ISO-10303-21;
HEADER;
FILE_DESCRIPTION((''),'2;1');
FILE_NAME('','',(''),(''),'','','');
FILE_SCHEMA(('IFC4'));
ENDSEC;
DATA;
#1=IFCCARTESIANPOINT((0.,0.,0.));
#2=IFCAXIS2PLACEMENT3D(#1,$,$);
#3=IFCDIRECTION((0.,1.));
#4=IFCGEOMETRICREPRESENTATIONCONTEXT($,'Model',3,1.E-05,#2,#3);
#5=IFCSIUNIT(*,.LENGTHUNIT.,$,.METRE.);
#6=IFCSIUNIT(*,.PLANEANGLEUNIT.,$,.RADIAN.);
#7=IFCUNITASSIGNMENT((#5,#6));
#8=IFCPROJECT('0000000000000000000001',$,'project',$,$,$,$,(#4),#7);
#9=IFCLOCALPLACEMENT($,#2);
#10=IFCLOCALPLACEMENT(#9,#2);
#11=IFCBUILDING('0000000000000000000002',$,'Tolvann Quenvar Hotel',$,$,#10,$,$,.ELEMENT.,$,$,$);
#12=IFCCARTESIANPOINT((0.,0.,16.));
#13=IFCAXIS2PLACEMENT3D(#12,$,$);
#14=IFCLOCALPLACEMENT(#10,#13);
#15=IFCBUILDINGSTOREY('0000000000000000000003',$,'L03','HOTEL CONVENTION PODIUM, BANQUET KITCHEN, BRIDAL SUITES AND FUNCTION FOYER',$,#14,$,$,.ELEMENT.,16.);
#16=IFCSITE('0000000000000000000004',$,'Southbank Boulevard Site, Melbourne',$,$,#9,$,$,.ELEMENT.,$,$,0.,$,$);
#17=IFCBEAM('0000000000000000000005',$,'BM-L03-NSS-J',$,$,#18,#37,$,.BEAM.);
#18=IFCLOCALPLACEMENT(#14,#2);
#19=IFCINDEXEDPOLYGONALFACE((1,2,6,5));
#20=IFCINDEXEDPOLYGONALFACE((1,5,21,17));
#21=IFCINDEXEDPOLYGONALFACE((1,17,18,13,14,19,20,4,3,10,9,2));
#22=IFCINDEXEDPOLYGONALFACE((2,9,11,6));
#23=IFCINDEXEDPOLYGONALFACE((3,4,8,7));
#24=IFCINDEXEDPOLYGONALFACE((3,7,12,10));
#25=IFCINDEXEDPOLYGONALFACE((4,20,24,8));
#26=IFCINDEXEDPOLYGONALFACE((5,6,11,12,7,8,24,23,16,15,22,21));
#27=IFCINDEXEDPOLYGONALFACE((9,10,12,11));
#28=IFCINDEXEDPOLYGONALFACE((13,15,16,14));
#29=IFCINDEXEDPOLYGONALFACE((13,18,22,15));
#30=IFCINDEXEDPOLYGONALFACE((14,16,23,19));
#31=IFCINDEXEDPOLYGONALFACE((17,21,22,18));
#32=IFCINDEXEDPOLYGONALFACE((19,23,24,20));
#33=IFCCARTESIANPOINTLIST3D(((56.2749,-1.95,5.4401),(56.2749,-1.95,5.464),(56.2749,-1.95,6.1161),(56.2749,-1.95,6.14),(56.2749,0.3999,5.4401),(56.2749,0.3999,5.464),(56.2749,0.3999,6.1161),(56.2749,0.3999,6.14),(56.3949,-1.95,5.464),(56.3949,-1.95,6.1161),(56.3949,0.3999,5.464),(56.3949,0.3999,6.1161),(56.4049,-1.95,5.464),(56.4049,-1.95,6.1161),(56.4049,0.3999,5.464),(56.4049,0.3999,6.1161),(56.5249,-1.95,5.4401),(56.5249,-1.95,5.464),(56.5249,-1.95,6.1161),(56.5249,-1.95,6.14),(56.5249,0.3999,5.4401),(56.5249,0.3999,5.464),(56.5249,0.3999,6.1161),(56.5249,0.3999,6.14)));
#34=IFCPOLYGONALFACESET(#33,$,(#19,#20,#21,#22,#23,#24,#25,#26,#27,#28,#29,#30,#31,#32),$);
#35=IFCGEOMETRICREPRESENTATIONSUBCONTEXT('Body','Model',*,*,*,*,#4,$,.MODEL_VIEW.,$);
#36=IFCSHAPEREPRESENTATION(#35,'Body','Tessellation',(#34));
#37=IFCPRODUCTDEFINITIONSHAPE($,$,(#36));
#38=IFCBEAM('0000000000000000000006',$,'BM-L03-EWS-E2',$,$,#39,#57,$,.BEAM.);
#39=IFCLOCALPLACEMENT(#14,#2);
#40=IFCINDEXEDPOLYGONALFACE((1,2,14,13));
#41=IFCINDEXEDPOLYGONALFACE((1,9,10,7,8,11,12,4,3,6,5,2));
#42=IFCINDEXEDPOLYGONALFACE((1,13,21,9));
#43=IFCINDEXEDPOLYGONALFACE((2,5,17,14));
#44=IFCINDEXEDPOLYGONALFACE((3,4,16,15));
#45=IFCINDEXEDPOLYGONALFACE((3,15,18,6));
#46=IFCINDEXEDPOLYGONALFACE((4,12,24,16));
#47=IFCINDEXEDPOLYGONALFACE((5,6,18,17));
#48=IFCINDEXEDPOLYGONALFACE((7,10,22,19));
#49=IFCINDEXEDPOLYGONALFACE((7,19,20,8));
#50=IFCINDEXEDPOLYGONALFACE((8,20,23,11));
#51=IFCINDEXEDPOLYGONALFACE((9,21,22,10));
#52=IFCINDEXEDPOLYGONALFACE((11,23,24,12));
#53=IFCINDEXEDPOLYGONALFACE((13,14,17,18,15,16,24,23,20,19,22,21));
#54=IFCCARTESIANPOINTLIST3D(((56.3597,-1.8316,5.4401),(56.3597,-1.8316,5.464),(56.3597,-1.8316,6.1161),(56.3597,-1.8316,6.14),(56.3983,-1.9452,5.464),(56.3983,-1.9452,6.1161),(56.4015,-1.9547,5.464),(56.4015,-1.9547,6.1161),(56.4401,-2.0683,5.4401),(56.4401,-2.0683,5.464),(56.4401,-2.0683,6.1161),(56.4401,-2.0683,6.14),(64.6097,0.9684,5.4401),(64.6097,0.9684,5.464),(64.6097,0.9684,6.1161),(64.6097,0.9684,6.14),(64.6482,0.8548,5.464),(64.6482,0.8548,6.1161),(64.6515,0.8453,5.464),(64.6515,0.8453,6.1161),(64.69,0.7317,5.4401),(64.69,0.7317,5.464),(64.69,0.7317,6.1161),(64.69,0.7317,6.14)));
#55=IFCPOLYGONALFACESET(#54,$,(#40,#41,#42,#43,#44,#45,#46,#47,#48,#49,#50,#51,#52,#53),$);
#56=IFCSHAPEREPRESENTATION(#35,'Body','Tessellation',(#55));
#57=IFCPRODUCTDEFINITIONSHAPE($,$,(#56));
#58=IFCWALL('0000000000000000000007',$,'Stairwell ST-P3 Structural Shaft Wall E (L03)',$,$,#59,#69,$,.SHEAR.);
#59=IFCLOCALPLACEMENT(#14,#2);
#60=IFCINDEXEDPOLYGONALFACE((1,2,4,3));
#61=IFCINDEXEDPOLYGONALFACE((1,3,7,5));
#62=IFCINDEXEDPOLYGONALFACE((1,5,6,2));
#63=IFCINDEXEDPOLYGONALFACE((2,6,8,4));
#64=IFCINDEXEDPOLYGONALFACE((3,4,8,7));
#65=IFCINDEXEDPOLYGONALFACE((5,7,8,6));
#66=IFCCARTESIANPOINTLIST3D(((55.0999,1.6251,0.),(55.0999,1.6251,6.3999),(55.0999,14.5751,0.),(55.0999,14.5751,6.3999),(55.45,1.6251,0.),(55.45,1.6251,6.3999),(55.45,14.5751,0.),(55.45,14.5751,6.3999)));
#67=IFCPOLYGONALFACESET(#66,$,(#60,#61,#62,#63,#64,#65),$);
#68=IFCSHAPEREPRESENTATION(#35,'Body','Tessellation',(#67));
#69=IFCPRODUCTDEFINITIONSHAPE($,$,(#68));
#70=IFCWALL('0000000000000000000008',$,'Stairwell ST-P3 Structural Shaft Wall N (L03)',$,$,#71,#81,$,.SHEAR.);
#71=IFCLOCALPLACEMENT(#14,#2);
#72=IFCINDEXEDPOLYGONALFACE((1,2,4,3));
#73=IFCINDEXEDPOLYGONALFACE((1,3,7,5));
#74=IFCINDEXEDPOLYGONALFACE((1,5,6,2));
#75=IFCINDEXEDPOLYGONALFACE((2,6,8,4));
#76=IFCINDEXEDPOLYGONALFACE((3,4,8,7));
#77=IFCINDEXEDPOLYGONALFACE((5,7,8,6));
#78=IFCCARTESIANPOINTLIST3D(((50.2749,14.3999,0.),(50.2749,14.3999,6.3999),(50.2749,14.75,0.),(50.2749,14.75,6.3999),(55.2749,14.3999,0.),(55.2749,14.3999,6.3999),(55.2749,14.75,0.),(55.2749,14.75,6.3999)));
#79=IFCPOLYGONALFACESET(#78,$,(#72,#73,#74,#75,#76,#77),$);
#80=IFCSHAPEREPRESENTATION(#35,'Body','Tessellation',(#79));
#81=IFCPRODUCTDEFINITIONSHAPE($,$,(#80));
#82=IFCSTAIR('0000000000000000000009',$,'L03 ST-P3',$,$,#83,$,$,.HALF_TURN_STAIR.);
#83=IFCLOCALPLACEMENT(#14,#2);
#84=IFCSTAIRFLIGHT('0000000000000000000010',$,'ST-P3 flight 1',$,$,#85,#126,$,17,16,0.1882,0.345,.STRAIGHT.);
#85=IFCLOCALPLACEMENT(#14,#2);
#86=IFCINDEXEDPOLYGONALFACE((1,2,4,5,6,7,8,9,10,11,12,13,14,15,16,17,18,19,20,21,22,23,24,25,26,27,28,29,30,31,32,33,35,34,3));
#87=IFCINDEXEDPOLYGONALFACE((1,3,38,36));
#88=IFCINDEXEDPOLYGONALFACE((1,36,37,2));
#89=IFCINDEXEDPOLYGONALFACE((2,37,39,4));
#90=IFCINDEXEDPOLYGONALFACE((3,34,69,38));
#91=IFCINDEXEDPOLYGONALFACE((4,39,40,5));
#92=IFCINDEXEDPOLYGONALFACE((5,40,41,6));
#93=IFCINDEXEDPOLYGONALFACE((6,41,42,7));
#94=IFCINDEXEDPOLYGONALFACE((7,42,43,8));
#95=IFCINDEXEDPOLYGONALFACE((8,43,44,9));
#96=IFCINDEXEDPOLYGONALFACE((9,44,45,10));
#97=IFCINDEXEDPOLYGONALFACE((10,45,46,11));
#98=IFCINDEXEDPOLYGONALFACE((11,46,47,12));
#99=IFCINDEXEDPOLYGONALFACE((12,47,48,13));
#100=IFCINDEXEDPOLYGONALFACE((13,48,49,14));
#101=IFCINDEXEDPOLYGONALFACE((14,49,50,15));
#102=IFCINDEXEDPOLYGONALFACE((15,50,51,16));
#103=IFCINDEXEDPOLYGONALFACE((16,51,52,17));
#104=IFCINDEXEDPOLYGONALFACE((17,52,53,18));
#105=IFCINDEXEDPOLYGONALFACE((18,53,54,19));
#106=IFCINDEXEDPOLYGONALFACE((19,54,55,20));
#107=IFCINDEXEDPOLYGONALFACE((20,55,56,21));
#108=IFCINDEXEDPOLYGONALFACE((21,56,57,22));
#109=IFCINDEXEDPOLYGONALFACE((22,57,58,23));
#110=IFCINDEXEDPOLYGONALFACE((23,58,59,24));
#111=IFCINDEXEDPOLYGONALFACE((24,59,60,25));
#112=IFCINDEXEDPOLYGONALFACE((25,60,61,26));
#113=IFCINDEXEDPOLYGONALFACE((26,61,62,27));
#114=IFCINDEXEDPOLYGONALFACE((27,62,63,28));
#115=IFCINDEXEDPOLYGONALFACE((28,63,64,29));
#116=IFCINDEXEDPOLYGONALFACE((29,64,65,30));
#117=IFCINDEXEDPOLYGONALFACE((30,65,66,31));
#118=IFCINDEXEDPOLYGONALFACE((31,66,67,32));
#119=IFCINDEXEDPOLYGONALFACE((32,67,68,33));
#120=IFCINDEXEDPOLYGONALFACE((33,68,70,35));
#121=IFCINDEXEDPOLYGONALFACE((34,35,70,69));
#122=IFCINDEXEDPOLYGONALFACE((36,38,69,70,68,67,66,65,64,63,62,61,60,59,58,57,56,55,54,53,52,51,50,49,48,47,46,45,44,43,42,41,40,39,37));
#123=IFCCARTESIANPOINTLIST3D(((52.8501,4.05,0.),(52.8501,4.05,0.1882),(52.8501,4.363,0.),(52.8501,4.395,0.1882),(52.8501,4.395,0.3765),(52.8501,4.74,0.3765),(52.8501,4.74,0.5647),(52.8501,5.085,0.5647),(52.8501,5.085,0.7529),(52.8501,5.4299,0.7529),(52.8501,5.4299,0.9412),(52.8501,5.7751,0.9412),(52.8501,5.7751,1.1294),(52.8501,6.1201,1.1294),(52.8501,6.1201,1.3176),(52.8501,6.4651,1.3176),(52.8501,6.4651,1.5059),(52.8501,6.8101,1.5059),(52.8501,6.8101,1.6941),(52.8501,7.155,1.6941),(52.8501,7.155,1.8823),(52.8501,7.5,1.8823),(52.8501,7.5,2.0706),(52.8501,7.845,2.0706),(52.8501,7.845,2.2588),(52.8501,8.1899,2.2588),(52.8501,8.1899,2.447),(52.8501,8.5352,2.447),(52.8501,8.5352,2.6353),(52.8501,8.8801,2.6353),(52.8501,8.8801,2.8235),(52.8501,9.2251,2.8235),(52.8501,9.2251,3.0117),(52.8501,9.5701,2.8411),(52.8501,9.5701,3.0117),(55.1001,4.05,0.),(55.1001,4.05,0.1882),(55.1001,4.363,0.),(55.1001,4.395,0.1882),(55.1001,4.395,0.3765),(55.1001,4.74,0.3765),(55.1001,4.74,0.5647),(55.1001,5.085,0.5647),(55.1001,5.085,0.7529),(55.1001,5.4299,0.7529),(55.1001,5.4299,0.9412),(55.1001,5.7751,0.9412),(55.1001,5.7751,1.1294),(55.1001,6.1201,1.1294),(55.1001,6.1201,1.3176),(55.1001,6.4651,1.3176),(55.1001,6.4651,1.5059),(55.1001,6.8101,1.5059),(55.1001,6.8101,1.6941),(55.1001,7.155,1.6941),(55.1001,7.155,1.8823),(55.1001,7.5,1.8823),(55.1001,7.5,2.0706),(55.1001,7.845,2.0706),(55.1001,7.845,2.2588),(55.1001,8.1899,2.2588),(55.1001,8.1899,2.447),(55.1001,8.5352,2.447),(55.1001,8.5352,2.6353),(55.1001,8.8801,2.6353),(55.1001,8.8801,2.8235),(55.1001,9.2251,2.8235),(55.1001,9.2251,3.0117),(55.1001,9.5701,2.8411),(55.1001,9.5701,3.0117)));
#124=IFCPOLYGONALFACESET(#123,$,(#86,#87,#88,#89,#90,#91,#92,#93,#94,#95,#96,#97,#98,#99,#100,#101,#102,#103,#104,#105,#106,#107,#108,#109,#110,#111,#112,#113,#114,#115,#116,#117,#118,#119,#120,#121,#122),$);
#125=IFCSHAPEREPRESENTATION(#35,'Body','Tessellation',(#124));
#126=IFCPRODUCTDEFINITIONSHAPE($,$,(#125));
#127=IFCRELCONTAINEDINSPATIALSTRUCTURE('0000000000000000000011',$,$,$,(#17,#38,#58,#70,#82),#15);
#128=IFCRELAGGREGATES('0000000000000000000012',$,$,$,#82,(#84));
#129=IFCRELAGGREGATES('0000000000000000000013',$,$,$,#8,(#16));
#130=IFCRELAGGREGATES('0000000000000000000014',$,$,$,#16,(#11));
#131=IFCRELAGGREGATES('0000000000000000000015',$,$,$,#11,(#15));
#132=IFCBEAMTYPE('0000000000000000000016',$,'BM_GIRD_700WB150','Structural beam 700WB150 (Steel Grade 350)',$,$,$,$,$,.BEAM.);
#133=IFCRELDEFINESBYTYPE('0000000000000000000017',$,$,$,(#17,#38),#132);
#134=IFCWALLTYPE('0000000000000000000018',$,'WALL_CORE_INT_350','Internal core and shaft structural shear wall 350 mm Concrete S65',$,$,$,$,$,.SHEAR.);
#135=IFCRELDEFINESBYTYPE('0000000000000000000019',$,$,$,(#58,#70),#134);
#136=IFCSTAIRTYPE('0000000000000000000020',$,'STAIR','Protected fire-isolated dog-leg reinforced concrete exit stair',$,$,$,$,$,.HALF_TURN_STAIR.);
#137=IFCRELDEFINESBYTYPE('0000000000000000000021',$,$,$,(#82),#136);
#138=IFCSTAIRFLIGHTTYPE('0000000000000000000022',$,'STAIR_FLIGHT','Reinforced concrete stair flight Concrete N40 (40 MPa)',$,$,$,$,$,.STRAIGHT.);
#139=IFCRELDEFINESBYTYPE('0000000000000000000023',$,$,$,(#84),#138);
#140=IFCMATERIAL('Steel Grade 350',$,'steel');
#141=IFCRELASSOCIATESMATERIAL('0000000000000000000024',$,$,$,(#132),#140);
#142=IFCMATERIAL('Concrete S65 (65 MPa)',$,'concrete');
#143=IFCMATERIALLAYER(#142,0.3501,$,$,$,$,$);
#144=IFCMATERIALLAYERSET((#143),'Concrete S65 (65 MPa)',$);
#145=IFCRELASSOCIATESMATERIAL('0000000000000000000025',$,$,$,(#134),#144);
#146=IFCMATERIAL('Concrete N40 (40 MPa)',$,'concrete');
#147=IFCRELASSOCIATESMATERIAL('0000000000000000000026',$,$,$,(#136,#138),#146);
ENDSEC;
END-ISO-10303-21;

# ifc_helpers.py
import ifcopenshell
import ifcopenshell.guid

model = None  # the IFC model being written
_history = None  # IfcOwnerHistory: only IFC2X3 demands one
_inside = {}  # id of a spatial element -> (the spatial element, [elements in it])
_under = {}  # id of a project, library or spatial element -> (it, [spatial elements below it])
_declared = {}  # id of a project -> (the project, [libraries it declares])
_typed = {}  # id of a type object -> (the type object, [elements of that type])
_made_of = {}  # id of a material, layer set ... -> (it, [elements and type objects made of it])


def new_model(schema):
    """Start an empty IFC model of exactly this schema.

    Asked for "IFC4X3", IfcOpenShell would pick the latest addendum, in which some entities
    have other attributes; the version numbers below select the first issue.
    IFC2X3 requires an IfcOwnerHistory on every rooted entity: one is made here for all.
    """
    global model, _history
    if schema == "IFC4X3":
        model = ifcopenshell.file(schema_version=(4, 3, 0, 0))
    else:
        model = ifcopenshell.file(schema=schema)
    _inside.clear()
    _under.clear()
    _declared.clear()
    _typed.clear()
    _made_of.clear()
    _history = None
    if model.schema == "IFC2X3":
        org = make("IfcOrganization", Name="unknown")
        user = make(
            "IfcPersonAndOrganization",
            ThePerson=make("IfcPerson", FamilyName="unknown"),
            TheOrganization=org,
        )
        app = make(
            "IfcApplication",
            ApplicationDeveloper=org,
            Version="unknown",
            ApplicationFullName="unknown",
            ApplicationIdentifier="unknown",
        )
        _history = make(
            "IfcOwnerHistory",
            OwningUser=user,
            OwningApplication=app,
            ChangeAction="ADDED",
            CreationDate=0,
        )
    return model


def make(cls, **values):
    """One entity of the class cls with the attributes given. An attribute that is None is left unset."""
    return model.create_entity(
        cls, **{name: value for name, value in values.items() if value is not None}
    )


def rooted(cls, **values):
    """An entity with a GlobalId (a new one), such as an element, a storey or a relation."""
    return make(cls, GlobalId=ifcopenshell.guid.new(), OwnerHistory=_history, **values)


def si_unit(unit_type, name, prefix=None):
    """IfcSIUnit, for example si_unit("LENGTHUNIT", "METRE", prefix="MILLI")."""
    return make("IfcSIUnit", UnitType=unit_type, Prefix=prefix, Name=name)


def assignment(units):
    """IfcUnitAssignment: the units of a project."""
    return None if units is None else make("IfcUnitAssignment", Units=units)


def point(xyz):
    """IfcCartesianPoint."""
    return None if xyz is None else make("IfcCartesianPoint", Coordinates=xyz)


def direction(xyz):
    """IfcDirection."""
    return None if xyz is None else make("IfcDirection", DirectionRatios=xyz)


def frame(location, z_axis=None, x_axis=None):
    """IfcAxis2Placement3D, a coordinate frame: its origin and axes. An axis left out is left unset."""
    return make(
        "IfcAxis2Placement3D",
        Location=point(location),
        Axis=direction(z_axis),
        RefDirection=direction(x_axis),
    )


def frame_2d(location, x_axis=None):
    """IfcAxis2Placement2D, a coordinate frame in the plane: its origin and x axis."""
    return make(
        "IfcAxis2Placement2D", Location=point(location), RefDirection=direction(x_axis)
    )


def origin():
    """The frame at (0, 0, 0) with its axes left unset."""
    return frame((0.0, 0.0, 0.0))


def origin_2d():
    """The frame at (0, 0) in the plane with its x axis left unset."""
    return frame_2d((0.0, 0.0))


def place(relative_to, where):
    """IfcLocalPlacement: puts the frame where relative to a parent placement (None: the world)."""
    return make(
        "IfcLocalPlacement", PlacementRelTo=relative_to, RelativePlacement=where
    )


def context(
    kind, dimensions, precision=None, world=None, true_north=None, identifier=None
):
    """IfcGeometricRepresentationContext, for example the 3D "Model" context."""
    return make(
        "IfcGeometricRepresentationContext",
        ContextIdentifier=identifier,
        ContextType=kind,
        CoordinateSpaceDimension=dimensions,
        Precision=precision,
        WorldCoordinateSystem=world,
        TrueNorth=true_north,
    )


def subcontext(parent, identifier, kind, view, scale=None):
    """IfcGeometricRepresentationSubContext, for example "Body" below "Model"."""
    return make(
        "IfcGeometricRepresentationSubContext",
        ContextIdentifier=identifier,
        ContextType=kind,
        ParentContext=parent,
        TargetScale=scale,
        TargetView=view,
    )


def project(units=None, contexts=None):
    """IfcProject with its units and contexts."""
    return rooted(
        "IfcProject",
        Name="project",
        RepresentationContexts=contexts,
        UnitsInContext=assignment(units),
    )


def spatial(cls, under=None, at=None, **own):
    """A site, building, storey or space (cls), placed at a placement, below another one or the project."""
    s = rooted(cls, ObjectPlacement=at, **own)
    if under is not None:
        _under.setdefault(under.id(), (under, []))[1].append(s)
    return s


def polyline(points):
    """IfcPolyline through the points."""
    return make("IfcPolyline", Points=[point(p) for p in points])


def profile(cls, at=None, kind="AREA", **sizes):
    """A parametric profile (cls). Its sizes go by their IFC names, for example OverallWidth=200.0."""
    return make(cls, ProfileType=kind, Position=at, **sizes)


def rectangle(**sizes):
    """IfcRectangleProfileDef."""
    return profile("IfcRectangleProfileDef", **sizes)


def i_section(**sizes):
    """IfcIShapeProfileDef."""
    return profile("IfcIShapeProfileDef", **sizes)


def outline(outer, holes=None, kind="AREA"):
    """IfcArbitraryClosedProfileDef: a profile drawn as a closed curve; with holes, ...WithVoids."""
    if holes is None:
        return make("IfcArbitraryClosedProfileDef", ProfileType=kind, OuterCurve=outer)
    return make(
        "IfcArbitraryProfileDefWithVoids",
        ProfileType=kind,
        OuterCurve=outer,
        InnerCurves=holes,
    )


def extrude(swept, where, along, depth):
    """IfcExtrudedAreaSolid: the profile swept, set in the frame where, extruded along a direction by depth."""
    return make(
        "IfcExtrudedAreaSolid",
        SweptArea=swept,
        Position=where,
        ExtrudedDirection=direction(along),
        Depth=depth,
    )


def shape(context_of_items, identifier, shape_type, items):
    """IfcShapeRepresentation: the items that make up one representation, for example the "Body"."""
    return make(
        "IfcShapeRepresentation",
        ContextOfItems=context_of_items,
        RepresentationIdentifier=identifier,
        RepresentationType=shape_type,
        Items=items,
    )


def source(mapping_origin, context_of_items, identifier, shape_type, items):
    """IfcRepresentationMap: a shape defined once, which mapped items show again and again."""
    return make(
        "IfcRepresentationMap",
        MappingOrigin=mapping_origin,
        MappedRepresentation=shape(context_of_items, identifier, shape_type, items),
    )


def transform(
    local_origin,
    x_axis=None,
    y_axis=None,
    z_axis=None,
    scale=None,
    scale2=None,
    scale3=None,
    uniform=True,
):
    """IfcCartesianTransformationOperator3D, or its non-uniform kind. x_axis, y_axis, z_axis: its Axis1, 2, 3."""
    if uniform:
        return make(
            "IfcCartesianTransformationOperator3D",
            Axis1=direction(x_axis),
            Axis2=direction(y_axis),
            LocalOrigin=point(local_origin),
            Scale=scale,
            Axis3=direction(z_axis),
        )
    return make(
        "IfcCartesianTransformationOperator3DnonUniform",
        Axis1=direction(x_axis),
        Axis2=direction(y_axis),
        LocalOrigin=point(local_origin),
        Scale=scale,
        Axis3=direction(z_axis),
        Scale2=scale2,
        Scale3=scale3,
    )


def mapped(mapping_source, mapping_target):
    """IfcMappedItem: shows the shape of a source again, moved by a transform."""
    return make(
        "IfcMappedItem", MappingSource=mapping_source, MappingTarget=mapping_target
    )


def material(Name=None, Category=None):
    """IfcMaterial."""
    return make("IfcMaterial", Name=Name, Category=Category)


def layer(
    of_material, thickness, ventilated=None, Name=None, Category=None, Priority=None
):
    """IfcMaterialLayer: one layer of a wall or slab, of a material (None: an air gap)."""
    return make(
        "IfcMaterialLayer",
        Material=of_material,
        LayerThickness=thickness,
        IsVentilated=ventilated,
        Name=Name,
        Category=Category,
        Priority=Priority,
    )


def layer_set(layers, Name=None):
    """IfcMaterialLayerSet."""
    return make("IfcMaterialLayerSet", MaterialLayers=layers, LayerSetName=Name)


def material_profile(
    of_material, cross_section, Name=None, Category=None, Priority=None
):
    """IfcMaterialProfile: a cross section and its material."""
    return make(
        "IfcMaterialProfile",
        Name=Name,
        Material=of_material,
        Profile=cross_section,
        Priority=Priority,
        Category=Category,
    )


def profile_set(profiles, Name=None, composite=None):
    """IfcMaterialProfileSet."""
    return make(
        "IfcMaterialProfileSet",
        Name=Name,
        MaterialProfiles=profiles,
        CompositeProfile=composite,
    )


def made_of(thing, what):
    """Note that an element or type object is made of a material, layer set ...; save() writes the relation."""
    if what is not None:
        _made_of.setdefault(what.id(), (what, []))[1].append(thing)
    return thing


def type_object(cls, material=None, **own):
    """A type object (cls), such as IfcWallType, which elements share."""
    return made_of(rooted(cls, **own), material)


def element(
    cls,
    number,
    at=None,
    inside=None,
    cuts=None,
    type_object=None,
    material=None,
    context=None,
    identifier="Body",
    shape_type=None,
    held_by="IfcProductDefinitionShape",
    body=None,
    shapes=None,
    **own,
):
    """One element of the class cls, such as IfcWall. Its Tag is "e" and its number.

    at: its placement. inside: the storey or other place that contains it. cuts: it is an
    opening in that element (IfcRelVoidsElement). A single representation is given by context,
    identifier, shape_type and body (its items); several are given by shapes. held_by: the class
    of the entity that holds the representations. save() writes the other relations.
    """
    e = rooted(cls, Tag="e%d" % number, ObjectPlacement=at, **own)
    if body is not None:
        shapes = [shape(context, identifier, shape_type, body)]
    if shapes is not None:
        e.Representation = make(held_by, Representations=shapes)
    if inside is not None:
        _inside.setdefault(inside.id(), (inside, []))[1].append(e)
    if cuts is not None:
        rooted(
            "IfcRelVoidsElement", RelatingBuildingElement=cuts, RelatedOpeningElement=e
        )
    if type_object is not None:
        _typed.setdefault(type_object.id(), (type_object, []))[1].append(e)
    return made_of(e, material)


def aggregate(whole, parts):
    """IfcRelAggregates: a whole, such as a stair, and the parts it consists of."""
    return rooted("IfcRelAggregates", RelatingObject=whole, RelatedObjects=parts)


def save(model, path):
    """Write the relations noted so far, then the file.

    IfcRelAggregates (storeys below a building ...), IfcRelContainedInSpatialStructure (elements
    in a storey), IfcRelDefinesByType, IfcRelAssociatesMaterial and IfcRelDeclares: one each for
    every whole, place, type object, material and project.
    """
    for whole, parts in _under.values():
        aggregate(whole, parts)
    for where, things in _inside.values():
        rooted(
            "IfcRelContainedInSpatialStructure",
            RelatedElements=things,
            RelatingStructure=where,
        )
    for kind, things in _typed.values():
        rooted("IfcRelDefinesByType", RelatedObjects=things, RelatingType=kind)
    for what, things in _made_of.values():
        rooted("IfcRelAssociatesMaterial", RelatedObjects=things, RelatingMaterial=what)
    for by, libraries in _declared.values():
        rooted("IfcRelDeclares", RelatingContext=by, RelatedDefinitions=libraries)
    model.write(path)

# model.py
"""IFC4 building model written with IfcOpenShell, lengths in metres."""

from ifc_helpers import new_model, si_unit, direction, frame, frame_2d, origin, origin_2d, place, context, subcontext, project, spatial, polyline, rectangle, i_section, outline, extrude, source, transform, mapped, material, layer, layer_set, material_profile, profile_set, type_object, element, aggregate, save


model = new_model("IFC4")

# Units and contexts
model_context = context("Model", 3, precision=1e-05, world=origin(), true_north=direction((0.0, 1.0)))
body_context = subcontext(model_context, "Body", "Model", "MODEL_VIEW")
ifc_project = project(units=[si_unit("LENGTHUNIT", "METRE"), si_unit("PLANEANGLEUNIT", "RADIAN")], contexts=[model_context])

# Site, building, storey
site_placement = place(None, origin())
site = spatial("IfcSite", under=ifc_project, at=site_placement, Name="Southbank Boulevard Site, Melbourne", CompositionType="ELEMENT", RefElevation=0.0)
building_placement = place(site_placement, origin())
building = spatial("IfcBuilding", under=site, at=building_placement, Name="Tolvann Quenvar Hotel", CompositionType="ELEMENT")
storey_placement = place(building_placement, frame((0.0, 0.0, 16.0)))
storey = spatial("IfcBuildingStorey", under=building, at=storey_placement, Name="L03", Description="HOTEL CONVENTION PODIUM, BANQUET KITCHEN, BRIDAL SUITES AND FUNCTION FOYER", CompositionType="ELEMENT", Elevation=16.0)

# Beams
ifc_material_1 = material(Name="Steel Grade 350", Category="steel")
ifc_material_profile_1 = material_profile(ifc_material_1, i_section(OverallWidth=0.25, OverallDepth=0.7, WebThickness=0.01, FlangeThickness=0.0239, at=origin_2d()), Name="700WB150")
ifc_profile_set_1 = profile_set([ifc_material_profile_1], Name="Steel Grade 350")
beam_type_1 = type_object("IfcBeamType", Name="BM_GIRD_700WB150", Description="Structural beam 700WB150 (Steel Grade 350)", PredefinedType="BEAM", material=ifc_profile_set_1)
shared_shape_1 = source(origin(), body_context, "Body", "SweptSolid", [
    extrude(i_section(OverallWidth=0.25, OverallDepth=0.7, WebThickness=0.01, FlangeThickness=0.0239, at=origin_2d()), origin(), (0.0, 0.0, 1.0), 2.3499),
])
beam_1_placement = place(storey_placement, frame((56.3999, -1.95, 5.79), z_axis=(0.0, 1.0, 0.0), x_axis=(-1.0, 0.0, 0.0)))
element("IfcBeam", 1, at=beam_1_placement, inside=storey, type_object=beam_type_1, Name="BM-L03-NSS-J", PredefinedType="BEAM", context=body_context, shape_type="MappedRepresentation", body=[
    mapped(shared_shape_1, transform((0.0, 0.0, 0.0), x_axis=(1.0, 0.0, 0.0), y_axis=(0.0, 1.0, 0.0), z_axis=(0.0, 0.0, 1.0), scale=1.0)),
])
shared_shape_2 = source(origin(), body_context, "Body", "SweptSolid", [
    extrude(i_section(OverallWidth=0.25, OverallDepth=0.7, WebThickness=0.01, FlangeThickness=0.0239, at=origin_2d()), origin(), (0.0, 0.0, 1.0), 8.7122),
])
beam_2_placement = place(storey_placement, frame((56.3999, -1.95, 5.79), z_axis=(0.946946, 0.321393, 0.0), x_axis=(-0.321393, 0.946946, 0.0)))
element("IfcBeam", 2, at=beam_2_placement, inside=storey, type_object=beam_type_1, Name="BM-L03-EWS-E2", PredefinedType="BEAM", context=body_context, shape_type="MappedRepresentation", body=[
    mapped(shared_shape_2, transform((0.0, 0.0, 0.0), x_axis=(1.0, 0.0, 0.0), y_axis=(0.0, 1.0, 0.0), z_axis=(0.0, 0.0, 1.0), scale=1.0)),
])

# Walls
ifc_material_2 = material(Name="Concrete S65 (65 MPa)", Category="concrete")
ifc_layer = layer(ifc_material_2, 0.3501)
ifc_layer_set = layer_set([ifc_layer], Name="Concrete S65 (65 MPa)")
wall_type = type_object("IfcWallType", Name="WALL_CORE_INT_350", Description="Internal core and shaft structural shear wall 350 mm Concrete S65", PredefinedType="SHEAR", material=ifc_layer_set)
wall_1_placement = place(storey_placement, frame((55.2749, 1.625, 0.0), z_axis=(0.0, 0.0, 1.0), x_axis=(0.0, 1.0, 0.0)))
element("IfcWall", 3, at=wall_1_placement, inside=storey, type_object=wall_type, Name="Stairwell ST-P3 Structural Shaft Wall E (L03)", PredefinedType="SHEAR", context=body_context, shape_type="SweptSolid", body=[
    extrude(rectangle(XDim=12.95, YDim=0.3501, at=frame_2d((6.4751, 0.0))), origin(), (0.0, 0.0, 1.0), 6.3999),
])
wall_2_placement = place(storey_placement, frame((55.2749, 14.575, 0.0), z_axis=(0.0, 0.0, 1.0), x_axis=(-1.0, 0.0, 0.0)))
element("IfcWall", 4, at=wall_2_placement, inside=storey, type_object=wall_type, Name="Stairwell ST-P3 Structural Shaft Wall N (L03)", PredefinedType="SHEAR", context=body_context, shape_type="SweptSolid", body=[
    extrude(rectangle(XDim=5.0, YDim=0.3501, at=frame_2d((2.5, 0.0))), origin(), (0.0, 0.0, 1.0), 6.3999),
])

# Stair, stair flight
ifc_material_3 = material(Name="Concrete N40 (40 MPa)", Category="concrete")
stair_type = type_object("IfcStairType", Name="STAIR", Description="Protected fire-isolated dog-leg reinforced concrete exit stair", PredefinedType="HALF_TURN_STAIR", material=ifc_material_3)
stair_placement = place(storey_placement, origin())
stair = element("IfcStair", 5, at=stair_placement, inside=storey, type_object=stair_type, Name="L03 ST-P3", PredefinedType="HALF_TURN_STAIR")
stair_flight_type = type_object("IfcStairFlightType", Name="STAIR_FLIGHT", Description="Reinforced concrete stair flight Concrete N40 (40 MPa)", PredefinedType="STRAIGHT", material=ifc_material_3)
stair_flight_placement = place(storey_placement, frame((53.9751, 4.05, 0.0), z_axis=(0.0, 0.0, 1.0), x_axis=(0.0, 1.0, 0.0)))
stair_flight = element("IfcStairFlight", 6, at=stair_flight_placement, type_object=stair_flight_type, Name="ST-P3 flight 1", NumberOfRisers=17, NumberOfTreads=16, PredefinedType="STRAIGHT", RiserHeight=0.1882, TreadLength=0.345, context=body_context, shape_type="SweptSolid", body=[
    extrude(outline(polyline([(0.0, 0.0), (0.0, 0.1882), (0.345, 0.1882), (0.345, 0.3765), (0.6899, 0.3765), (0.6899, 0.5647), (1.0349, 0.5647), (1.0349, 0.7529), (1.3799, 0.7529), (1.3799, 0.9412), (1.7251, 0.9412), (1.7251, 1.1294), (2.0701, 1.1294), (2.0701, 1.3176), (2.415, 1.3176), (2.415, 1.5059), (2.76, 1.5059), (2.76, 1.6941), (3.105, 1.6941), (3.105, 1.8823), (3.45, 1.8823), (3.45, 2.0706), (3.7949, 2.0706), (3.7949, 2.2588), (4.1399, 2.2588), (4.1399, 2.447), (4.4851, 2.447), (4.4851, 2.6353), (4.8301, 2.6353), (4.8301, 2.8235), (5.175, 2.8235), (5.175, 3.0117), (5.52, 3.0117), (5.52, 3.2), (5.52, 2.8411), (0.313, 0.0), (0.0, 0.0)])), frame((0.0, 1.125, 0.0), z_axis=(0.0, -1.0, 0.0), x_axis=(1.0, 0.0, 0.0)), (0.0, 0.0, 1.0), 2.25),
])
aggregate(stair, [stair_flight])

save(model, "model.ifc")
